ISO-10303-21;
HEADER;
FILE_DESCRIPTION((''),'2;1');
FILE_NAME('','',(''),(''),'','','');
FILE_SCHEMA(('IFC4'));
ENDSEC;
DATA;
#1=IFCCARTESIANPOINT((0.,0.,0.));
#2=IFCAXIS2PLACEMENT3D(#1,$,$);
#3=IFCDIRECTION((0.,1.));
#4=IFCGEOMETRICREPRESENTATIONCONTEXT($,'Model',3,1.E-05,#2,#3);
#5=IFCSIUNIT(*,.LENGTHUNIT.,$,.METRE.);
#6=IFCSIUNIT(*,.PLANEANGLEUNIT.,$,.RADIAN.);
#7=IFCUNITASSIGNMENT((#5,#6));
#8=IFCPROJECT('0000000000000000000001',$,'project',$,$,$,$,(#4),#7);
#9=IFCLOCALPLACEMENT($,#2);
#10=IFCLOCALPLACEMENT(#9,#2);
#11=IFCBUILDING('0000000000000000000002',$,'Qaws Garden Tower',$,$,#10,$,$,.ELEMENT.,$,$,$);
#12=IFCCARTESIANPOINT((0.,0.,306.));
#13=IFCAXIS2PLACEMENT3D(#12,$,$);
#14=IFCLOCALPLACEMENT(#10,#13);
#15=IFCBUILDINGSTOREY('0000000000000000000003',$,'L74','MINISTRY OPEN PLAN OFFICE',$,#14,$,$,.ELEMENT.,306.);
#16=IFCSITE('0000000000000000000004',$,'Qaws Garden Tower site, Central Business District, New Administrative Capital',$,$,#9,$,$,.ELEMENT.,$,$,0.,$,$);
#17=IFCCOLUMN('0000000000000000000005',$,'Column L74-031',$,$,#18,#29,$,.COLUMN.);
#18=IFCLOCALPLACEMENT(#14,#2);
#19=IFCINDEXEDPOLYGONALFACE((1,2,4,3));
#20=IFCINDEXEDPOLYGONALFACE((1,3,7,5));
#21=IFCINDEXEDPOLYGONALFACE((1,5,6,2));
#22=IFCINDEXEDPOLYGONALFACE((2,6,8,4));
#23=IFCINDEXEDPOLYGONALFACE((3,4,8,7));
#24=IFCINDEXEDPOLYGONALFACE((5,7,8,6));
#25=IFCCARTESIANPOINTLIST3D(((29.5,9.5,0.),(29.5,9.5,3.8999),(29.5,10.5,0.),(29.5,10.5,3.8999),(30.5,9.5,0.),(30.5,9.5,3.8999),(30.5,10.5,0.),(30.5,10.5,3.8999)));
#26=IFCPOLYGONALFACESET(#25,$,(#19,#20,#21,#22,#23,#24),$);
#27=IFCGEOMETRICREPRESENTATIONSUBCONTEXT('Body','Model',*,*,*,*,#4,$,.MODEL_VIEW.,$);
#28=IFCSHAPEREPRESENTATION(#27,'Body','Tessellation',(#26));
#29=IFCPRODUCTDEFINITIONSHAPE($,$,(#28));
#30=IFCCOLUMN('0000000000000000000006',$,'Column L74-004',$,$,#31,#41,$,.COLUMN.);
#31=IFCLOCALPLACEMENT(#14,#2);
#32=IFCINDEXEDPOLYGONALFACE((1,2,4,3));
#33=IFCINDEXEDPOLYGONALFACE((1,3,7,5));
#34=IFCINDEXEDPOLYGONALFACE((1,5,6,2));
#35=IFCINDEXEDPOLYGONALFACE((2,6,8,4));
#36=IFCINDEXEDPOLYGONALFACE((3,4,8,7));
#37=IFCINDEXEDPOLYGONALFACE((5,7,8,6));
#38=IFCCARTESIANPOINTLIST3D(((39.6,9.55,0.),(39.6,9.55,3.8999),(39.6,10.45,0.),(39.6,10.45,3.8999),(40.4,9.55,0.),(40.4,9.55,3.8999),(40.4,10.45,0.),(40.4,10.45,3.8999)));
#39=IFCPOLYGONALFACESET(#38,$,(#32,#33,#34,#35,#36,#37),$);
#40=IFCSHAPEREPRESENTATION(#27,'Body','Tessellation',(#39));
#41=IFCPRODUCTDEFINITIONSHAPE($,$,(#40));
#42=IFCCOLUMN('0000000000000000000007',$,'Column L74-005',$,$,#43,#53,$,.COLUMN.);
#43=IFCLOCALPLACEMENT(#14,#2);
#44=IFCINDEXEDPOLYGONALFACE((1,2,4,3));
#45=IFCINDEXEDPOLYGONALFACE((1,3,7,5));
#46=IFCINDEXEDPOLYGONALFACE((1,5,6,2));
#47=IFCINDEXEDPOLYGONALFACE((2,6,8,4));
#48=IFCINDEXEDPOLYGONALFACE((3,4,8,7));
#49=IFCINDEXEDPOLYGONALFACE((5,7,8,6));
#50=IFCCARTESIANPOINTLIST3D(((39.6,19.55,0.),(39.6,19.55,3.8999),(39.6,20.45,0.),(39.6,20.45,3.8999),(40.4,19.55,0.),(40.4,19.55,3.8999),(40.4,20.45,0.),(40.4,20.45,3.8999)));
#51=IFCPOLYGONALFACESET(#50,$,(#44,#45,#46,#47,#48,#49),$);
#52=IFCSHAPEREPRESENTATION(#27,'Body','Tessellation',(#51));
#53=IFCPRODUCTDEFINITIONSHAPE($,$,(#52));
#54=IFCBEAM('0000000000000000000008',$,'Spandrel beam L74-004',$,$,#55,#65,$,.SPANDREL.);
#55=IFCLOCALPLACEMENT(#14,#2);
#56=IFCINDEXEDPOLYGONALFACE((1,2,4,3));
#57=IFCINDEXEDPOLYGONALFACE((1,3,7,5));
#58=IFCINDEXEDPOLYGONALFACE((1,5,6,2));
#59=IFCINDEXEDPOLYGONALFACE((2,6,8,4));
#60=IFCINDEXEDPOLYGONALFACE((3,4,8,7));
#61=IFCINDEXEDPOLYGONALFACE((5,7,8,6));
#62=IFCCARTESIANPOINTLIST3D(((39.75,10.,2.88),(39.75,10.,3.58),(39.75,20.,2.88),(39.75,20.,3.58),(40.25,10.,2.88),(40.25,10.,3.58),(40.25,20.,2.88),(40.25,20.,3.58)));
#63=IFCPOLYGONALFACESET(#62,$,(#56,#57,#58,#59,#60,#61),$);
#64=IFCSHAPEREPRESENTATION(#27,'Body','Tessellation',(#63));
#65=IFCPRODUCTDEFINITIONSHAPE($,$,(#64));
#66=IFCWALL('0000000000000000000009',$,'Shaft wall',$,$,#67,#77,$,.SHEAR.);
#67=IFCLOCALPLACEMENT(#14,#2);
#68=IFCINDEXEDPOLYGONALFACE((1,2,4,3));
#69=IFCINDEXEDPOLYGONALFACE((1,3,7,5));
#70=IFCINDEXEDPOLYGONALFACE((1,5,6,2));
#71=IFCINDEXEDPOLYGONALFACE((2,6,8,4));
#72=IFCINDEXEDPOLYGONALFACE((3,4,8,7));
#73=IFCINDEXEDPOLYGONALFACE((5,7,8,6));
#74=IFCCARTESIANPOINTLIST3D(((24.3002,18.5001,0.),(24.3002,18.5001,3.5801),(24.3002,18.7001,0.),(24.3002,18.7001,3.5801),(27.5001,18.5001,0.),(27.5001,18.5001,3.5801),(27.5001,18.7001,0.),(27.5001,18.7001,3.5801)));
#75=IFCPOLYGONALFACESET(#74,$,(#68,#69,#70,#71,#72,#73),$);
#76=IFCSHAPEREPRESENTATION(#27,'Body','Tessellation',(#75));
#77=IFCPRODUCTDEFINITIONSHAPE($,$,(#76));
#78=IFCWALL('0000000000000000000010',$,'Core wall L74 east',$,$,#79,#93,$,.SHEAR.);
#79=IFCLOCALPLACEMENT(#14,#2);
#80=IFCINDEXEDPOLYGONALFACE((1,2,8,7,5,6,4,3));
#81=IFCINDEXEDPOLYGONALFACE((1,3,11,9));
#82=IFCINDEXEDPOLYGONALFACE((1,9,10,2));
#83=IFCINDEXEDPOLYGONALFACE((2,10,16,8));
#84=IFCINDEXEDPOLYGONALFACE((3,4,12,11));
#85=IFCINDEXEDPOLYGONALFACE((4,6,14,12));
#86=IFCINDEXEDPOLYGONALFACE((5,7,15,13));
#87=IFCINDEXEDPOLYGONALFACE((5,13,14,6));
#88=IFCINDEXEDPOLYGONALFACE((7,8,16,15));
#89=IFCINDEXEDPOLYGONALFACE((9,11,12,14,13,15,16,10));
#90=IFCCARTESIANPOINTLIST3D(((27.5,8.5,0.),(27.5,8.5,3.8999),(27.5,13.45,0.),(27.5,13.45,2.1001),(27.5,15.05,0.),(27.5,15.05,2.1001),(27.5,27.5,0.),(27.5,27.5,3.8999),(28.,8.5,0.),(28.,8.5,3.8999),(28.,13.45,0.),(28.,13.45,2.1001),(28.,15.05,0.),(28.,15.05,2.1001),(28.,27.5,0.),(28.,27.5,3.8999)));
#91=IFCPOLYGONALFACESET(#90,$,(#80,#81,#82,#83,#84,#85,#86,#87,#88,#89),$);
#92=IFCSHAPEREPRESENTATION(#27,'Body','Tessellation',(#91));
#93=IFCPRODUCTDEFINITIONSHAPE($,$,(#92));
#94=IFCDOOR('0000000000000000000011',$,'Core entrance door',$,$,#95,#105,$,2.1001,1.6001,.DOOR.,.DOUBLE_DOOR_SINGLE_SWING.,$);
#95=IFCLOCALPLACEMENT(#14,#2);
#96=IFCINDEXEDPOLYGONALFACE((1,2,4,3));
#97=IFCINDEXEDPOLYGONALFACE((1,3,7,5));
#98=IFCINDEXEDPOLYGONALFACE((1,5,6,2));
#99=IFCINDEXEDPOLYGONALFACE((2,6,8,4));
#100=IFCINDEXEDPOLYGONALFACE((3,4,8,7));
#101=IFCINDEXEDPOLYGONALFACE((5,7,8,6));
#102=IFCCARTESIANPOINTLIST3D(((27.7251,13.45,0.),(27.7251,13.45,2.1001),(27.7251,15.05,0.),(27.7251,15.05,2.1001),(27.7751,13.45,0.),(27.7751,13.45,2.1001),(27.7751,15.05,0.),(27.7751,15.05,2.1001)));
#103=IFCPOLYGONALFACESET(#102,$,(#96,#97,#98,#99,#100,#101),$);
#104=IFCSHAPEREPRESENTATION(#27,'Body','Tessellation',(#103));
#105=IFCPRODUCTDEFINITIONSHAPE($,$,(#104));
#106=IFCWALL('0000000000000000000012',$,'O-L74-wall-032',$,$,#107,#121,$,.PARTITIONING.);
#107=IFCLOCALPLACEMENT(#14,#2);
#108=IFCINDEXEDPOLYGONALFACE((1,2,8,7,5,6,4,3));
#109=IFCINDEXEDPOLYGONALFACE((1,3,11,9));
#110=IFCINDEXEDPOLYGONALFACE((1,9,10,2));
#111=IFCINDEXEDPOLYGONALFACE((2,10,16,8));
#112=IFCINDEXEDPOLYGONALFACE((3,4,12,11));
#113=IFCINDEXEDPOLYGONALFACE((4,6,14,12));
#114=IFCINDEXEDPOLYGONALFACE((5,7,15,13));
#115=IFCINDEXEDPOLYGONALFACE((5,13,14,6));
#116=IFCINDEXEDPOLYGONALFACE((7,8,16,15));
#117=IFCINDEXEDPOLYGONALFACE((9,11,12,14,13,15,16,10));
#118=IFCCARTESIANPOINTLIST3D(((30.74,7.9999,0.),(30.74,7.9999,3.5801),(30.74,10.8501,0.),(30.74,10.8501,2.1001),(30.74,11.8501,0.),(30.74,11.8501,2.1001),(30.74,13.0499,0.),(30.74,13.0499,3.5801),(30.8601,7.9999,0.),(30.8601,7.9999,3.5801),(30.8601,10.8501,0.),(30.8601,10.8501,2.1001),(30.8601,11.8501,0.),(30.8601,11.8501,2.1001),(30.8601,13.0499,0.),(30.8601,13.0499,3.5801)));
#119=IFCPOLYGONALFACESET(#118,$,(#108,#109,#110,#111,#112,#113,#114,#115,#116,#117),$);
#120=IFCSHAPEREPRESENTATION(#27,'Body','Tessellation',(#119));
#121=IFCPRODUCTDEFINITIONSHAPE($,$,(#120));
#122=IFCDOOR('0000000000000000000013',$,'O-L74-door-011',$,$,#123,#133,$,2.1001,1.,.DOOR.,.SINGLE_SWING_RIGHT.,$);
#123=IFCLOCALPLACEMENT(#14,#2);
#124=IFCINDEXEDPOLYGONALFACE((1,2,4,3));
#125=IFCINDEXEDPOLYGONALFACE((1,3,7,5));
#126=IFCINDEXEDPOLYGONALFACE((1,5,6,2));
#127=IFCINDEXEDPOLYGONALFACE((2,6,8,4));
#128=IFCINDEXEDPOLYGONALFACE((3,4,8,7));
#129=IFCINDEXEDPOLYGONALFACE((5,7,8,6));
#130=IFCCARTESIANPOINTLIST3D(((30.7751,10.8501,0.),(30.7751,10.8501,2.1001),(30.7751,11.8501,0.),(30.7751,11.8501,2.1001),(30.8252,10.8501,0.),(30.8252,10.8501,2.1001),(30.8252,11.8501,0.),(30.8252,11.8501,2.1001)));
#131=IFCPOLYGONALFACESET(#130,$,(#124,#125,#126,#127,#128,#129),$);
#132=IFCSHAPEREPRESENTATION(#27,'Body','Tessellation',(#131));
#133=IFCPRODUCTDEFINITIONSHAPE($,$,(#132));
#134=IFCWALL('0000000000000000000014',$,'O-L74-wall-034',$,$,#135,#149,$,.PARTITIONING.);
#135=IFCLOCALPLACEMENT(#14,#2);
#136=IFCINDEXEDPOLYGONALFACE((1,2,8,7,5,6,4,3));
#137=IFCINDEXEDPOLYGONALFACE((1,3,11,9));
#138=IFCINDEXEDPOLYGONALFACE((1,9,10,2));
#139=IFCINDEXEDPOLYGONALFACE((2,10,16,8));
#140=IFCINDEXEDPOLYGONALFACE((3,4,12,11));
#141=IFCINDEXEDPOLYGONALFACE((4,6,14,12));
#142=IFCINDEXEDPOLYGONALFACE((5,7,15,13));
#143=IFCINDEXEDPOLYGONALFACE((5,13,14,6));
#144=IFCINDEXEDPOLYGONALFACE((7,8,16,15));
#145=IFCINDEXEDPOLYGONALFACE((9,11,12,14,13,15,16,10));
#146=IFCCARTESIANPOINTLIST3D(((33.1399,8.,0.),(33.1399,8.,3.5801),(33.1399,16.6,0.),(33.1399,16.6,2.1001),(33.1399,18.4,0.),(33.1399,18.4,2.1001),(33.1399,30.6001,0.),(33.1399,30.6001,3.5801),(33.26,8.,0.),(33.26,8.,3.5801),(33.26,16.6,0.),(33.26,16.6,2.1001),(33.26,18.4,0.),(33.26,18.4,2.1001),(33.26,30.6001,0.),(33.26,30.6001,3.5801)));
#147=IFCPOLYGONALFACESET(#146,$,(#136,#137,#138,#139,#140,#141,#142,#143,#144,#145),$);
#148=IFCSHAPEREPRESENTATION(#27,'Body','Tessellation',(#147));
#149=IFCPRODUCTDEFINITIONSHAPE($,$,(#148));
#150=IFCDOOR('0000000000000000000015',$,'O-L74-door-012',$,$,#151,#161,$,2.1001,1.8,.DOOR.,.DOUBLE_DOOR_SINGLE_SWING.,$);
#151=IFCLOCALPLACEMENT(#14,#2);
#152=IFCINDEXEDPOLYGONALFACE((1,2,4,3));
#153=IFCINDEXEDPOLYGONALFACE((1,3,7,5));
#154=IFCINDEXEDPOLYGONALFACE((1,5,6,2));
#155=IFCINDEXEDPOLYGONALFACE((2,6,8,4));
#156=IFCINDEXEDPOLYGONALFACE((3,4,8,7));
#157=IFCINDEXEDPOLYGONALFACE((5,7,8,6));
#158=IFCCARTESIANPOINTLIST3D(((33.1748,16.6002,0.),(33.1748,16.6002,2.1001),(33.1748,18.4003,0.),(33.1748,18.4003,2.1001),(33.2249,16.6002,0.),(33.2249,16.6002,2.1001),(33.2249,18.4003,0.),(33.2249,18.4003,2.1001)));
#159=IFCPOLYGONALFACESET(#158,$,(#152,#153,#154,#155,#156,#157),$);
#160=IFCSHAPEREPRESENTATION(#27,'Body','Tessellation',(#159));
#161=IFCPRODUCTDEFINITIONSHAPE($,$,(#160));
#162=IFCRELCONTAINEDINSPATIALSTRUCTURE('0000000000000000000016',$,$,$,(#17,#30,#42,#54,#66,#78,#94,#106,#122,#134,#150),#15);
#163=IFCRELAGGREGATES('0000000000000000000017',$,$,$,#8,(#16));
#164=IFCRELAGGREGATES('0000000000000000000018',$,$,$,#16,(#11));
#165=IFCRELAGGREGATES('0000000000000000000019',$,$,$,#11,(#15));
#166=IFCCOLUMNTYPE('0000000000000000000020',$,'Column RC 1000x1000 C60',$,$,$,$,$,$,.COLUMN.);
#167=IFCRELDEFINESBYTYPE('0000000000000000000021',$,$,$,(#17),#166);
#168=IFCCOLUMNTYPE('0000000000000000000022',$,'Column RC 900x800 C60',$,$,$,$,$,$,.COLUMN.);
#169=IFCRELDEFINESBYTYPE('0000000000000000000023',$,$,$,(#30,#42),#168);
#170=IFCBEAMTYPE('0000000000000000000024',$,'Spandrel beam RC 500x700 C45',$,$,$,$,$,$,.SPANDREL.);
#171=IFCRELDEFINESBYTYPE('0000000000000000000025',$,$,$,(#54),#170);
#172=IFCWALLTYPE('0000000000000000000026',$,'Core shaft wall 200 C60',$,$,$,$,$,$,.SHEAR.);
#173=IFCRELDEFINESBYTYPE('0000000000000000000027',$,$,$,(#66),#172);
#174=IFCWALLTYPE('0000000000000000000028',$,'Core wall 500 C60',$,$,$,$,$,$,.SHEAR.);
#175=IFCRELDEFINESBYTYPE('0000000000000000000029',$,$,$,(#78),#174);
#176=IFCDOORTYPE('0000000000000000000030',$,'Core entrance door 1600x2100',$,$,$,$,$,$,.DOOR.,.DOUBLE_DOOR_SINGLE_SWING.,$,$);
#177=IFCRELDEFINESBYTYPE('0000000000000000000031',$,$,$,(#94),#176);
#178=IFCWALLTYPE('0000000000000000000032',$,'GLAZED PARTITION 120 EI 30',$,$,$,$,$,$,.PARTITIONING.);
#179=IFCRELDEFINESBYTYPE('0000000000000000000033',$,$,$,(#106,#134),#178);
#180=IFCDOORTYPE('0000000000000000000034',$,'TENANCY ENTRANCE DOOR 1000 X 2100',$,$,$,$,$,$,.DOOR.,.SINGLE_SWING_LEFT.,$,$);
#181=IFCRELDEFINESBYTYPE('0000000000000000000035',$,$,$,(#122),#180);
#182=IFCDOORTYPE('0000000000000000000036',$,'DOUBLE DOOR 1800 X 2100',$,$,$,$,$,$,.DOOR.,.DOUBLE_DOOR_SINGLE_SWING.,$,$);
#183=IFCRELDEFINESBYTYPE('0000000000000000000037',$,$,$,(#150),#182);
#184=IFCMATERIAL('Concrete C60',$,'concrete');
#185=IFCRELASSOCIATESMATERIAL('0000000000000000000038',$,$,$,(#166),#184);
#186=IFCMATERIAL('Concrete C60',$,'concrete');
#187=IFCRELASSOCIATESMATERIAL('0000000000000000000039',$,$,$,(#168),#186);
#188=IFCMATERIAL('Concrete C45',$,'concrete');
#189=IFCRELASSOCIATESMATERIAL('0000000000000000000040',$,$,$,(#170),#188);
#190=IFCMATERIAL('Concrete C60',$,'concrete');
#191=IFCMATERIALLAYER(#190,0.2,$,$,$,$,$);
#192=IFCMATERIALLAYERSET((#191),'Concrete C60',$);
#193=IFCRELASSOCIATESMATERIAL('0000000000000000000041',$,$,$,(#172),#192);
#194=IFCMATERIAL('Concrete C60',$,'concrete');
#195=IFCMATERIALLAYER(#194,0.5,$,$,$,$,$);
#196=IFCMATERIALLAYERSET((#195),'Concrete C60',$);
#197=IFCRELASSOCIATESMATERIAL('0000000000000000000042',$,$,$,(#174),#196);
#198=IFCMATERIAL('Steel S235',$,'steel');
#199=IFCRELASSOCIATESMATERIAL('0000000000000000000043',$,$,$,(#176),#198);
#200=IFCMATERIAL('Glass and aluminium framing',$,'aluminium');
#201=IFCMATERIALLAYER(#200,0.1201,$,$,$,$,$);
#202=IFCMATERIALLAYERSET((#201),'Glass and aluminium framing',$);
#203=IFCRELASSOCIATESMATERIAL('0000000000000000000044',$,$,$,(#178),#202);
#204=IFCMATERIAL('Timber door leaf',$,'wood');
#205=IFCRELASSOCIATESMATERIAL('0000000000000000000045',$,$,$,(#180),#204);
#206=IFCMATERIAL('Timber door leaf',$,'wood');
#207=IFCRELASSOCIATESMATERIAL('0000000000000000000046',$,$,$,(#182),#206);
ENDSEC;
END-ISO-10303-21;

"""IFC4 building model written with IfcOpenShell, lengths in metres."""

from ifc_helpers import new_model, si_unit, direction, frame, frame_2d, origin, origin_2d, place, context, subcontext, project, spatial, rectangle, extrude, material, layer, layer_set, material_profile, profile_set, type_object, element, fill, save


model = new_model("IFC4")

# Units and contexts
model_context = context("Model", 3, precision=1e-05, world=origin(), true_north=direction((0.0, 1.0)))
body_context = subcontext(model_context, "Body", "Model", "MODEL_VIEW")
ifc_project = project(units=[si_unit("LENGTHUNIT", "METRE"), si_unit("PLANEANGLEUNIT", "RADIAN")], contexts=[model_context])

# Site, building, storey
site_placement = place(None, origin())
site = spatial("IfcSite", under=ifc_project, at=site_placement, Name="Qaws Garden Tower site, Central Business District, New Administrative Capital", CompositionType="ELEMENT", RefElevation=0.0)
building_placement = place(site_placement, origin())
building = spatial("IfcBuilding", under=site, at=building_placement, Name="Qaws Garden Tower", CompositionType="ELEMENT")
storey_placement = place(building_placement, frame((0.0, 0.0, 306.0)))
storey = spatial("IfcBuildingStorey", under=building, at=storey_placement, Name="L74", Description="MINISTRY OPEN PLAN OFFICE", CompositionType="ELEMENT", Elevation=306.0)

# Columns
ifc_material_1 = material(Name="Concrete C60", Category="concrete")
ifc_material_profile_1 = material_profile(ifc_material_1, rectangle(XDim=1.0, YDim=1.0, at=origin_2d()), Name="RC 1000x1000")
ifc_profile_set_1 = profile_set([ifc_material_profile_1], Name="Concrete C60")
column_type_1 = type_object("IfcColumnType", Name="Column RC 1000x1000 C60", PredefinedType="COLUMN", material=ifc_profile_set_1)
column_placement = place(storey_placement, frame((30.0, 10.0, 0.0), z_axis=(0.0, 0.0, 1.0), x_axis=(1.0, 0.0, 0.0)))
element("IfcColumn", 1, at=column_placement, inside=storey, type_object=column_type_1, Name="Column L74-031", PredefinedType="COLUMN", context=body_context, shape_type="SweptSolid", body=[
    extrude(rectangle(XDim=1.0, YDim=1.0, at=origin_2d()), origin(), (0.0, 0.0, 1.0), 3.8999),
])
ifc_material_2 = material(Name="Concrete C60", Category="concrete")
ifc_material_profile_2 = material_profile(ifc_material_2, rectangle(XDim=0.8999, YDim=0.8, at=origin_2d()), Name="RC 900x800")
ifc_profile_set_2 = profile_set([ifc_material_profile_2], Name="Concrete C60")
column_type_2 = type_object("IfcColumnType", Name="Column RC 900x800 C60", PredefinedType="COLUMN", material=ifc_profile_set_2)
for number, where, z_axis, x_axis, name in (
    (2, (40.0, 10.0, 0.0), (0.0, 0.0, 1.0), (0.0, 1.0, 0.0), "Column L74-004"),
    (3, (40.0, 20.0, 0.0), (0.0, 0.0, 1.0), (0.0, 1.0, 0.0), "Column L74-005"),
):
    element("IfcColumn", number, at=place(storey_placement, frame(where, z_axis=z_axis, x_axis=x_axis)), inside=storey, type_object=column_type_2, Name=name, PredefinedType="COLUMN", context=body_context, shape_type="SweptSolid", body=[
        extrude(rectangle(XDim=0.8999, YDim=0.8, at=origin_2d()), origin(), (0.0, 0.0, 1.0), 3.8999),
    ])

# Beam
ifc_material_3 = material(Name="Concrete C45", Category="concrete")
ifc_material_profile_3 = material_profile(ifc_material_3, rectangle(XDim=0.5, YDim=0.7, at=origin_2d()), Name="RC 500x700")
ifc_profile_set_3 = profile_set([ifc_material_profile_3], Name="Concrete C45")
beam_type = type_object("IfcBeamType", Name="Spandrel beam RC 500x700 C45", PredefinedType="SPANDREL", material=ifc_profile_set_3)
beam_placement = place(storey_placement, frame((40.0, 10.0, 3.23), z_axis=(0.0, 1.0, 0.0), x_axis=(-1.0, 0.0, 0.0)))
element("IfcBeam", 4, at=beam_placement, inside=storey, type_object=beam_type, Name="Spandrel beam L74-004", PredefinedType="SPANDREL", context=body_context, shape_type="SweptSolid", body=[
    extrude(rectangle(XDim=0.5, YDim=0.7, at=origin_2d()), origin(), (0.0, 0.0, 1.0), 10.0),
])

# Wall
ifc_material_4 = material(Name="Concrete C60", Category="concrete")
ifc_layer_1 = layer(ifc_material_4, 0.2)
ifc_layer_set_1 = layer_set([ifc_layer_1], Name="Concrete C60")
wall_type_1 = type_object("IfcWallType", Name="Core shaft wall 200 C60", PredefinedType="SHEAR", material=ifc_layer_set_1)
wall_1_placement = place(storey_placement, frame((24.3, 18.6001, 0.0), z_axis=(0.0, 0.0, 1.0), x_axis=(1.0, 0.0, 0.0)))
element("IfcWall", 5, at=wall_1_placement, inside=storey, type_object=wall_type_1, Name="Shaft wall", PredefinedType="SHEAR", context=body_context, shape_type="SweptSolid", body=[
    extrude(rectangle(XDim=3.2, YDim=0.2, at=frame_2d((1.6001, 0.0))), origin(), (0.0, 0.0, 1.0), 3.5801),
])

# Walls, openings, doors
ifc_material_5 = material(Name="Concrete C60", Category="concrete")
ifc_layer_2 = layer(ifc_material_5, 0.5)
ifc_layer_set_2 = layer_set([ifc_layer_2], Name="Concrete C60")
wall_type_2 = type_object("IfcWallType", Name="Core wall 500 C60", PredefinedType="SHEAR", material=ifc_layer_set_2)
wall_2_placement = place(storey_placement, frame((27.75, 8.5, 0.0), z_axis=(0.0, 0.0, 1.0), x_axis=(0.0, 1.0, 0.0)))
wall_2 = element("IfcWall", 6, at=wall_2_placement, inside=storey, type_object=wall_type_2, Name="Core wall L74 east", PredefinedType="SHEAR", context=body_context, shape_type="SweptSolid", body=[
    extrude(rectangle(XDim=19.0, YDim=0.5, at=frame_2d((9.5, 0.0))), origin(), (0.0, 0.0, 1.0), 3.8999),
])
opening_1_placement = place(wall_2_placement, frame((4.95, 0.0, 0.0)))
opening_1 = element("IfcOpeningElement", 7, at=opening_1_placement, cuts=wall_2, PredefinedType="OPENING", context=body_context, shape_type="SweptSolid", body=[
    extrude(rectangle(XDim=1.6001, YDim=2.1001, at=frame_2d((0.8, 1.05))), frame((0.0, 0.26, 0.0), z_axis=(0.0, -1.0, 0.0), x_axis=(1.0, 0.0, 0.0)), (0.0, 0.0, 1.0), 0.52),
])
ifc_material_6 = material(Name="Steel S235", Category="steel")
door_type_1 = type_object("IfcDoorType", Name="Core entrance door 1600x2100", OperationType="DOUBLE_DOOR_SINGLE_SWING", PredefinedType="DOOR", material=ifc_material_6)
door_1_placement = place(opening_1_placement, origin())
door_1 = element("IfcDoor", 8, at=door_1_placement, inside=storey, type_object=door_type_1, Name="Core entrance door", OperationType="DOUBLE_DOOR_SINGLE_SWING", OverallHeight=2.1001, OverallWidth=1.6001, PredefinedType="DOOR", context=body_context, shape_type="SweptSolid", body=[
    extrude(rectangle(XDim=1.6001, YDim=2.1001, at=frame_2d((0.8, 1.05))), frame((0.0, 0.0249, 0.0), z_axis=(0.0, -1.0, 0.0), x_axis=(1.0, 0.0, 0.0)), (0.0, 0.0, 1.0), 0.05),
])
fill(opening_1, door_1)
ifc_material_7 = material(Name="Glass and aluminium framing", Category="aluminium")
ifc_layer_3 = layer(ifc_material_7, 0.1201)
ifc_layer_set_3 = layer_set([ifc_layer_3], Name="Glass and aluminium framing")
wall_type_3 = type_object("IfcWallType", Name="GLAZED PARTITION 120 EI 30", PredefinedType="PARTITIONING", material=ifc_layer_set_3)
wall_3_placement = place(storey_placement, frame((30.8, 8.0, 0.0), z_axis=(0.0, 0.0, 1.0), x_axis=(0.0, 1.0, 0.0)))
wall_3 = element("IfcWall", 9, at=wall_3_placement, inside=storey, type_object=wall_type_3, Name="O-L74-wall-032", PredefinedType="PARTITIONING", context=body_context, shape_type="SweptSolid", body=[
    extrude(rectangle(XDim=5.05, YDim=0.1201, at=frame_2d((2.5249, 0.0))), origin(), (0.0, 0.0, 1.0), 3.5801),
])
opening_2_placement = place(wall_3_placement, frame((2.8501, 0.0, 0.0)))
opening_2 = element("IfcOpeningElement", 10, at=opening_2_placement, cuts=wall_3, PredefinedType="OPENING", context=body_context, shape_type="SweptSolid", body=[
    extrude(rectangle(XDim=1.0, YDim=2.1001, at=frame_2d((0.5, 1.05))), frame((0.0, 0.0701, 0.0), z_axis=(0.0, -1.0, 0.0), x_axis=(1.0, 0.0, 0.0)), (0.0, 0.0, 1.0), 0.1401),
])
ifc_material_8 = material(Name="Timber door leaf", Category="wood")
door_type_2 = type_object("IfcDoorType", Name="TENANCY ENTRANCE DOOR 1000 X 2100", OperationType="SINGLE_SWING_LEFT", PredefinedType="DOOR", material=ifc_material_8)
door_2_placement = place(opening_2_placement, origin())
door_2 = element("IfcDoor", 11, at=door_2_placement, inside=storey, type_object=door_type_2, Name="O-L74-door-011", OperationType="SINGLE_SWING_RIGHT", OverallHeight=2.1001, OverallWidth=1.0, PredefinedType="DOOR", context=body_context, shape_type="SweptSolid", body=[
    extrude(rectangle(XDim=1.0, YDim=2.1001, at=frame_2d((0.5, 1.05))), frame((0.0, 0.0249, 0.0), z_axis=(0.0, -1.0, 0.0), x_axis=(1.0, 0.0, 0.0)), (0.0, 0.0, 1.0), 0.05),
])
fill(opening_2, door_2)
wall_4_placement = place(storey_placement, frame((33.2, 8.0, 0.0), z_axis=(0.0, 0.0, 1.0), x_axis=(0.0, 1.0, 0.0)))
wall_4 = element("IfcWall", 12, at=wall_4_placement, inside=storey, type_object=wall_type_3, Name="O-L74-wall-034", PredefinedType="PARTITIONING", context=body_context, shape_type="SweptSolid", body=[
    extrude(rectangle(XDim=22.6001, YDim=0.1201, at=frame_2d((11.3, 0.0))), origin(), (0.0, 0.0, 1.0), 3.5801),
])
opening_3_placement = place(wall_4_placement, frame((8.6001, 0.0, 0.0)))
opening_3 = element("IfcOpeningElement", 13, at=opening_3_placement, cuts=wall_4, PredefinedType="OPENING", context=body_context, shape_type="SweptSolid", body=[
    extrude(rectangle(XDim=1.8, YDim=2.1001, at=frame_2d((0.8999, 1.05))), frame((0.0, 0.0701, 0.0), z_axis=(0.0, -1.0, 0.0), x_axis=(1.0, 0.0, 0.0)), (0.0, 0.0, 1.0), 0.1401),
])
ifc_material_9 = material(Name="Timber door leaf", Category="wood")
door_type_3 = type_object("IfcDoorType", Name="DOUBLE DOOR 1800 X 2100", OperationType="DOUBLE_DOOR_SINGLE_SWING", PredefinedType="DOOR", material=ifc_material_9)
door_3_placement = place(opening_3_placement, frame((1.8, 0.0, 0.0), z_axis=(0.0, 0.0, 1.0), x_axis=(-1.0, 0.0, 0.0)))
door_3 = element("IfcDoor", 14, at=door_3_placement, inside=storey, type_object=door_type_3, Name="O-L74-door-012", OperationType="DOUBLE_DOOR_SINGLE_SWING", OverallHeight=2.1001, OverallWidth=1.8, PredefinedType="DOOR", context=body_context, shape_type="SweptSolid", body=[
    extrude(rectangle(XDim=1.8, YDim=2.1001, at=frame_2d((0.8999, 1.05))), frame((0.0, 0.0249, 0.0), z_axis=(0.0, -1.0, 0.0), x_axis=(1.0, 0.0, 0.0)), (0.0, 0.0, 1.0), 0.05),
])
fill(opening_3, door_3)

save(model, "model.ifc")
